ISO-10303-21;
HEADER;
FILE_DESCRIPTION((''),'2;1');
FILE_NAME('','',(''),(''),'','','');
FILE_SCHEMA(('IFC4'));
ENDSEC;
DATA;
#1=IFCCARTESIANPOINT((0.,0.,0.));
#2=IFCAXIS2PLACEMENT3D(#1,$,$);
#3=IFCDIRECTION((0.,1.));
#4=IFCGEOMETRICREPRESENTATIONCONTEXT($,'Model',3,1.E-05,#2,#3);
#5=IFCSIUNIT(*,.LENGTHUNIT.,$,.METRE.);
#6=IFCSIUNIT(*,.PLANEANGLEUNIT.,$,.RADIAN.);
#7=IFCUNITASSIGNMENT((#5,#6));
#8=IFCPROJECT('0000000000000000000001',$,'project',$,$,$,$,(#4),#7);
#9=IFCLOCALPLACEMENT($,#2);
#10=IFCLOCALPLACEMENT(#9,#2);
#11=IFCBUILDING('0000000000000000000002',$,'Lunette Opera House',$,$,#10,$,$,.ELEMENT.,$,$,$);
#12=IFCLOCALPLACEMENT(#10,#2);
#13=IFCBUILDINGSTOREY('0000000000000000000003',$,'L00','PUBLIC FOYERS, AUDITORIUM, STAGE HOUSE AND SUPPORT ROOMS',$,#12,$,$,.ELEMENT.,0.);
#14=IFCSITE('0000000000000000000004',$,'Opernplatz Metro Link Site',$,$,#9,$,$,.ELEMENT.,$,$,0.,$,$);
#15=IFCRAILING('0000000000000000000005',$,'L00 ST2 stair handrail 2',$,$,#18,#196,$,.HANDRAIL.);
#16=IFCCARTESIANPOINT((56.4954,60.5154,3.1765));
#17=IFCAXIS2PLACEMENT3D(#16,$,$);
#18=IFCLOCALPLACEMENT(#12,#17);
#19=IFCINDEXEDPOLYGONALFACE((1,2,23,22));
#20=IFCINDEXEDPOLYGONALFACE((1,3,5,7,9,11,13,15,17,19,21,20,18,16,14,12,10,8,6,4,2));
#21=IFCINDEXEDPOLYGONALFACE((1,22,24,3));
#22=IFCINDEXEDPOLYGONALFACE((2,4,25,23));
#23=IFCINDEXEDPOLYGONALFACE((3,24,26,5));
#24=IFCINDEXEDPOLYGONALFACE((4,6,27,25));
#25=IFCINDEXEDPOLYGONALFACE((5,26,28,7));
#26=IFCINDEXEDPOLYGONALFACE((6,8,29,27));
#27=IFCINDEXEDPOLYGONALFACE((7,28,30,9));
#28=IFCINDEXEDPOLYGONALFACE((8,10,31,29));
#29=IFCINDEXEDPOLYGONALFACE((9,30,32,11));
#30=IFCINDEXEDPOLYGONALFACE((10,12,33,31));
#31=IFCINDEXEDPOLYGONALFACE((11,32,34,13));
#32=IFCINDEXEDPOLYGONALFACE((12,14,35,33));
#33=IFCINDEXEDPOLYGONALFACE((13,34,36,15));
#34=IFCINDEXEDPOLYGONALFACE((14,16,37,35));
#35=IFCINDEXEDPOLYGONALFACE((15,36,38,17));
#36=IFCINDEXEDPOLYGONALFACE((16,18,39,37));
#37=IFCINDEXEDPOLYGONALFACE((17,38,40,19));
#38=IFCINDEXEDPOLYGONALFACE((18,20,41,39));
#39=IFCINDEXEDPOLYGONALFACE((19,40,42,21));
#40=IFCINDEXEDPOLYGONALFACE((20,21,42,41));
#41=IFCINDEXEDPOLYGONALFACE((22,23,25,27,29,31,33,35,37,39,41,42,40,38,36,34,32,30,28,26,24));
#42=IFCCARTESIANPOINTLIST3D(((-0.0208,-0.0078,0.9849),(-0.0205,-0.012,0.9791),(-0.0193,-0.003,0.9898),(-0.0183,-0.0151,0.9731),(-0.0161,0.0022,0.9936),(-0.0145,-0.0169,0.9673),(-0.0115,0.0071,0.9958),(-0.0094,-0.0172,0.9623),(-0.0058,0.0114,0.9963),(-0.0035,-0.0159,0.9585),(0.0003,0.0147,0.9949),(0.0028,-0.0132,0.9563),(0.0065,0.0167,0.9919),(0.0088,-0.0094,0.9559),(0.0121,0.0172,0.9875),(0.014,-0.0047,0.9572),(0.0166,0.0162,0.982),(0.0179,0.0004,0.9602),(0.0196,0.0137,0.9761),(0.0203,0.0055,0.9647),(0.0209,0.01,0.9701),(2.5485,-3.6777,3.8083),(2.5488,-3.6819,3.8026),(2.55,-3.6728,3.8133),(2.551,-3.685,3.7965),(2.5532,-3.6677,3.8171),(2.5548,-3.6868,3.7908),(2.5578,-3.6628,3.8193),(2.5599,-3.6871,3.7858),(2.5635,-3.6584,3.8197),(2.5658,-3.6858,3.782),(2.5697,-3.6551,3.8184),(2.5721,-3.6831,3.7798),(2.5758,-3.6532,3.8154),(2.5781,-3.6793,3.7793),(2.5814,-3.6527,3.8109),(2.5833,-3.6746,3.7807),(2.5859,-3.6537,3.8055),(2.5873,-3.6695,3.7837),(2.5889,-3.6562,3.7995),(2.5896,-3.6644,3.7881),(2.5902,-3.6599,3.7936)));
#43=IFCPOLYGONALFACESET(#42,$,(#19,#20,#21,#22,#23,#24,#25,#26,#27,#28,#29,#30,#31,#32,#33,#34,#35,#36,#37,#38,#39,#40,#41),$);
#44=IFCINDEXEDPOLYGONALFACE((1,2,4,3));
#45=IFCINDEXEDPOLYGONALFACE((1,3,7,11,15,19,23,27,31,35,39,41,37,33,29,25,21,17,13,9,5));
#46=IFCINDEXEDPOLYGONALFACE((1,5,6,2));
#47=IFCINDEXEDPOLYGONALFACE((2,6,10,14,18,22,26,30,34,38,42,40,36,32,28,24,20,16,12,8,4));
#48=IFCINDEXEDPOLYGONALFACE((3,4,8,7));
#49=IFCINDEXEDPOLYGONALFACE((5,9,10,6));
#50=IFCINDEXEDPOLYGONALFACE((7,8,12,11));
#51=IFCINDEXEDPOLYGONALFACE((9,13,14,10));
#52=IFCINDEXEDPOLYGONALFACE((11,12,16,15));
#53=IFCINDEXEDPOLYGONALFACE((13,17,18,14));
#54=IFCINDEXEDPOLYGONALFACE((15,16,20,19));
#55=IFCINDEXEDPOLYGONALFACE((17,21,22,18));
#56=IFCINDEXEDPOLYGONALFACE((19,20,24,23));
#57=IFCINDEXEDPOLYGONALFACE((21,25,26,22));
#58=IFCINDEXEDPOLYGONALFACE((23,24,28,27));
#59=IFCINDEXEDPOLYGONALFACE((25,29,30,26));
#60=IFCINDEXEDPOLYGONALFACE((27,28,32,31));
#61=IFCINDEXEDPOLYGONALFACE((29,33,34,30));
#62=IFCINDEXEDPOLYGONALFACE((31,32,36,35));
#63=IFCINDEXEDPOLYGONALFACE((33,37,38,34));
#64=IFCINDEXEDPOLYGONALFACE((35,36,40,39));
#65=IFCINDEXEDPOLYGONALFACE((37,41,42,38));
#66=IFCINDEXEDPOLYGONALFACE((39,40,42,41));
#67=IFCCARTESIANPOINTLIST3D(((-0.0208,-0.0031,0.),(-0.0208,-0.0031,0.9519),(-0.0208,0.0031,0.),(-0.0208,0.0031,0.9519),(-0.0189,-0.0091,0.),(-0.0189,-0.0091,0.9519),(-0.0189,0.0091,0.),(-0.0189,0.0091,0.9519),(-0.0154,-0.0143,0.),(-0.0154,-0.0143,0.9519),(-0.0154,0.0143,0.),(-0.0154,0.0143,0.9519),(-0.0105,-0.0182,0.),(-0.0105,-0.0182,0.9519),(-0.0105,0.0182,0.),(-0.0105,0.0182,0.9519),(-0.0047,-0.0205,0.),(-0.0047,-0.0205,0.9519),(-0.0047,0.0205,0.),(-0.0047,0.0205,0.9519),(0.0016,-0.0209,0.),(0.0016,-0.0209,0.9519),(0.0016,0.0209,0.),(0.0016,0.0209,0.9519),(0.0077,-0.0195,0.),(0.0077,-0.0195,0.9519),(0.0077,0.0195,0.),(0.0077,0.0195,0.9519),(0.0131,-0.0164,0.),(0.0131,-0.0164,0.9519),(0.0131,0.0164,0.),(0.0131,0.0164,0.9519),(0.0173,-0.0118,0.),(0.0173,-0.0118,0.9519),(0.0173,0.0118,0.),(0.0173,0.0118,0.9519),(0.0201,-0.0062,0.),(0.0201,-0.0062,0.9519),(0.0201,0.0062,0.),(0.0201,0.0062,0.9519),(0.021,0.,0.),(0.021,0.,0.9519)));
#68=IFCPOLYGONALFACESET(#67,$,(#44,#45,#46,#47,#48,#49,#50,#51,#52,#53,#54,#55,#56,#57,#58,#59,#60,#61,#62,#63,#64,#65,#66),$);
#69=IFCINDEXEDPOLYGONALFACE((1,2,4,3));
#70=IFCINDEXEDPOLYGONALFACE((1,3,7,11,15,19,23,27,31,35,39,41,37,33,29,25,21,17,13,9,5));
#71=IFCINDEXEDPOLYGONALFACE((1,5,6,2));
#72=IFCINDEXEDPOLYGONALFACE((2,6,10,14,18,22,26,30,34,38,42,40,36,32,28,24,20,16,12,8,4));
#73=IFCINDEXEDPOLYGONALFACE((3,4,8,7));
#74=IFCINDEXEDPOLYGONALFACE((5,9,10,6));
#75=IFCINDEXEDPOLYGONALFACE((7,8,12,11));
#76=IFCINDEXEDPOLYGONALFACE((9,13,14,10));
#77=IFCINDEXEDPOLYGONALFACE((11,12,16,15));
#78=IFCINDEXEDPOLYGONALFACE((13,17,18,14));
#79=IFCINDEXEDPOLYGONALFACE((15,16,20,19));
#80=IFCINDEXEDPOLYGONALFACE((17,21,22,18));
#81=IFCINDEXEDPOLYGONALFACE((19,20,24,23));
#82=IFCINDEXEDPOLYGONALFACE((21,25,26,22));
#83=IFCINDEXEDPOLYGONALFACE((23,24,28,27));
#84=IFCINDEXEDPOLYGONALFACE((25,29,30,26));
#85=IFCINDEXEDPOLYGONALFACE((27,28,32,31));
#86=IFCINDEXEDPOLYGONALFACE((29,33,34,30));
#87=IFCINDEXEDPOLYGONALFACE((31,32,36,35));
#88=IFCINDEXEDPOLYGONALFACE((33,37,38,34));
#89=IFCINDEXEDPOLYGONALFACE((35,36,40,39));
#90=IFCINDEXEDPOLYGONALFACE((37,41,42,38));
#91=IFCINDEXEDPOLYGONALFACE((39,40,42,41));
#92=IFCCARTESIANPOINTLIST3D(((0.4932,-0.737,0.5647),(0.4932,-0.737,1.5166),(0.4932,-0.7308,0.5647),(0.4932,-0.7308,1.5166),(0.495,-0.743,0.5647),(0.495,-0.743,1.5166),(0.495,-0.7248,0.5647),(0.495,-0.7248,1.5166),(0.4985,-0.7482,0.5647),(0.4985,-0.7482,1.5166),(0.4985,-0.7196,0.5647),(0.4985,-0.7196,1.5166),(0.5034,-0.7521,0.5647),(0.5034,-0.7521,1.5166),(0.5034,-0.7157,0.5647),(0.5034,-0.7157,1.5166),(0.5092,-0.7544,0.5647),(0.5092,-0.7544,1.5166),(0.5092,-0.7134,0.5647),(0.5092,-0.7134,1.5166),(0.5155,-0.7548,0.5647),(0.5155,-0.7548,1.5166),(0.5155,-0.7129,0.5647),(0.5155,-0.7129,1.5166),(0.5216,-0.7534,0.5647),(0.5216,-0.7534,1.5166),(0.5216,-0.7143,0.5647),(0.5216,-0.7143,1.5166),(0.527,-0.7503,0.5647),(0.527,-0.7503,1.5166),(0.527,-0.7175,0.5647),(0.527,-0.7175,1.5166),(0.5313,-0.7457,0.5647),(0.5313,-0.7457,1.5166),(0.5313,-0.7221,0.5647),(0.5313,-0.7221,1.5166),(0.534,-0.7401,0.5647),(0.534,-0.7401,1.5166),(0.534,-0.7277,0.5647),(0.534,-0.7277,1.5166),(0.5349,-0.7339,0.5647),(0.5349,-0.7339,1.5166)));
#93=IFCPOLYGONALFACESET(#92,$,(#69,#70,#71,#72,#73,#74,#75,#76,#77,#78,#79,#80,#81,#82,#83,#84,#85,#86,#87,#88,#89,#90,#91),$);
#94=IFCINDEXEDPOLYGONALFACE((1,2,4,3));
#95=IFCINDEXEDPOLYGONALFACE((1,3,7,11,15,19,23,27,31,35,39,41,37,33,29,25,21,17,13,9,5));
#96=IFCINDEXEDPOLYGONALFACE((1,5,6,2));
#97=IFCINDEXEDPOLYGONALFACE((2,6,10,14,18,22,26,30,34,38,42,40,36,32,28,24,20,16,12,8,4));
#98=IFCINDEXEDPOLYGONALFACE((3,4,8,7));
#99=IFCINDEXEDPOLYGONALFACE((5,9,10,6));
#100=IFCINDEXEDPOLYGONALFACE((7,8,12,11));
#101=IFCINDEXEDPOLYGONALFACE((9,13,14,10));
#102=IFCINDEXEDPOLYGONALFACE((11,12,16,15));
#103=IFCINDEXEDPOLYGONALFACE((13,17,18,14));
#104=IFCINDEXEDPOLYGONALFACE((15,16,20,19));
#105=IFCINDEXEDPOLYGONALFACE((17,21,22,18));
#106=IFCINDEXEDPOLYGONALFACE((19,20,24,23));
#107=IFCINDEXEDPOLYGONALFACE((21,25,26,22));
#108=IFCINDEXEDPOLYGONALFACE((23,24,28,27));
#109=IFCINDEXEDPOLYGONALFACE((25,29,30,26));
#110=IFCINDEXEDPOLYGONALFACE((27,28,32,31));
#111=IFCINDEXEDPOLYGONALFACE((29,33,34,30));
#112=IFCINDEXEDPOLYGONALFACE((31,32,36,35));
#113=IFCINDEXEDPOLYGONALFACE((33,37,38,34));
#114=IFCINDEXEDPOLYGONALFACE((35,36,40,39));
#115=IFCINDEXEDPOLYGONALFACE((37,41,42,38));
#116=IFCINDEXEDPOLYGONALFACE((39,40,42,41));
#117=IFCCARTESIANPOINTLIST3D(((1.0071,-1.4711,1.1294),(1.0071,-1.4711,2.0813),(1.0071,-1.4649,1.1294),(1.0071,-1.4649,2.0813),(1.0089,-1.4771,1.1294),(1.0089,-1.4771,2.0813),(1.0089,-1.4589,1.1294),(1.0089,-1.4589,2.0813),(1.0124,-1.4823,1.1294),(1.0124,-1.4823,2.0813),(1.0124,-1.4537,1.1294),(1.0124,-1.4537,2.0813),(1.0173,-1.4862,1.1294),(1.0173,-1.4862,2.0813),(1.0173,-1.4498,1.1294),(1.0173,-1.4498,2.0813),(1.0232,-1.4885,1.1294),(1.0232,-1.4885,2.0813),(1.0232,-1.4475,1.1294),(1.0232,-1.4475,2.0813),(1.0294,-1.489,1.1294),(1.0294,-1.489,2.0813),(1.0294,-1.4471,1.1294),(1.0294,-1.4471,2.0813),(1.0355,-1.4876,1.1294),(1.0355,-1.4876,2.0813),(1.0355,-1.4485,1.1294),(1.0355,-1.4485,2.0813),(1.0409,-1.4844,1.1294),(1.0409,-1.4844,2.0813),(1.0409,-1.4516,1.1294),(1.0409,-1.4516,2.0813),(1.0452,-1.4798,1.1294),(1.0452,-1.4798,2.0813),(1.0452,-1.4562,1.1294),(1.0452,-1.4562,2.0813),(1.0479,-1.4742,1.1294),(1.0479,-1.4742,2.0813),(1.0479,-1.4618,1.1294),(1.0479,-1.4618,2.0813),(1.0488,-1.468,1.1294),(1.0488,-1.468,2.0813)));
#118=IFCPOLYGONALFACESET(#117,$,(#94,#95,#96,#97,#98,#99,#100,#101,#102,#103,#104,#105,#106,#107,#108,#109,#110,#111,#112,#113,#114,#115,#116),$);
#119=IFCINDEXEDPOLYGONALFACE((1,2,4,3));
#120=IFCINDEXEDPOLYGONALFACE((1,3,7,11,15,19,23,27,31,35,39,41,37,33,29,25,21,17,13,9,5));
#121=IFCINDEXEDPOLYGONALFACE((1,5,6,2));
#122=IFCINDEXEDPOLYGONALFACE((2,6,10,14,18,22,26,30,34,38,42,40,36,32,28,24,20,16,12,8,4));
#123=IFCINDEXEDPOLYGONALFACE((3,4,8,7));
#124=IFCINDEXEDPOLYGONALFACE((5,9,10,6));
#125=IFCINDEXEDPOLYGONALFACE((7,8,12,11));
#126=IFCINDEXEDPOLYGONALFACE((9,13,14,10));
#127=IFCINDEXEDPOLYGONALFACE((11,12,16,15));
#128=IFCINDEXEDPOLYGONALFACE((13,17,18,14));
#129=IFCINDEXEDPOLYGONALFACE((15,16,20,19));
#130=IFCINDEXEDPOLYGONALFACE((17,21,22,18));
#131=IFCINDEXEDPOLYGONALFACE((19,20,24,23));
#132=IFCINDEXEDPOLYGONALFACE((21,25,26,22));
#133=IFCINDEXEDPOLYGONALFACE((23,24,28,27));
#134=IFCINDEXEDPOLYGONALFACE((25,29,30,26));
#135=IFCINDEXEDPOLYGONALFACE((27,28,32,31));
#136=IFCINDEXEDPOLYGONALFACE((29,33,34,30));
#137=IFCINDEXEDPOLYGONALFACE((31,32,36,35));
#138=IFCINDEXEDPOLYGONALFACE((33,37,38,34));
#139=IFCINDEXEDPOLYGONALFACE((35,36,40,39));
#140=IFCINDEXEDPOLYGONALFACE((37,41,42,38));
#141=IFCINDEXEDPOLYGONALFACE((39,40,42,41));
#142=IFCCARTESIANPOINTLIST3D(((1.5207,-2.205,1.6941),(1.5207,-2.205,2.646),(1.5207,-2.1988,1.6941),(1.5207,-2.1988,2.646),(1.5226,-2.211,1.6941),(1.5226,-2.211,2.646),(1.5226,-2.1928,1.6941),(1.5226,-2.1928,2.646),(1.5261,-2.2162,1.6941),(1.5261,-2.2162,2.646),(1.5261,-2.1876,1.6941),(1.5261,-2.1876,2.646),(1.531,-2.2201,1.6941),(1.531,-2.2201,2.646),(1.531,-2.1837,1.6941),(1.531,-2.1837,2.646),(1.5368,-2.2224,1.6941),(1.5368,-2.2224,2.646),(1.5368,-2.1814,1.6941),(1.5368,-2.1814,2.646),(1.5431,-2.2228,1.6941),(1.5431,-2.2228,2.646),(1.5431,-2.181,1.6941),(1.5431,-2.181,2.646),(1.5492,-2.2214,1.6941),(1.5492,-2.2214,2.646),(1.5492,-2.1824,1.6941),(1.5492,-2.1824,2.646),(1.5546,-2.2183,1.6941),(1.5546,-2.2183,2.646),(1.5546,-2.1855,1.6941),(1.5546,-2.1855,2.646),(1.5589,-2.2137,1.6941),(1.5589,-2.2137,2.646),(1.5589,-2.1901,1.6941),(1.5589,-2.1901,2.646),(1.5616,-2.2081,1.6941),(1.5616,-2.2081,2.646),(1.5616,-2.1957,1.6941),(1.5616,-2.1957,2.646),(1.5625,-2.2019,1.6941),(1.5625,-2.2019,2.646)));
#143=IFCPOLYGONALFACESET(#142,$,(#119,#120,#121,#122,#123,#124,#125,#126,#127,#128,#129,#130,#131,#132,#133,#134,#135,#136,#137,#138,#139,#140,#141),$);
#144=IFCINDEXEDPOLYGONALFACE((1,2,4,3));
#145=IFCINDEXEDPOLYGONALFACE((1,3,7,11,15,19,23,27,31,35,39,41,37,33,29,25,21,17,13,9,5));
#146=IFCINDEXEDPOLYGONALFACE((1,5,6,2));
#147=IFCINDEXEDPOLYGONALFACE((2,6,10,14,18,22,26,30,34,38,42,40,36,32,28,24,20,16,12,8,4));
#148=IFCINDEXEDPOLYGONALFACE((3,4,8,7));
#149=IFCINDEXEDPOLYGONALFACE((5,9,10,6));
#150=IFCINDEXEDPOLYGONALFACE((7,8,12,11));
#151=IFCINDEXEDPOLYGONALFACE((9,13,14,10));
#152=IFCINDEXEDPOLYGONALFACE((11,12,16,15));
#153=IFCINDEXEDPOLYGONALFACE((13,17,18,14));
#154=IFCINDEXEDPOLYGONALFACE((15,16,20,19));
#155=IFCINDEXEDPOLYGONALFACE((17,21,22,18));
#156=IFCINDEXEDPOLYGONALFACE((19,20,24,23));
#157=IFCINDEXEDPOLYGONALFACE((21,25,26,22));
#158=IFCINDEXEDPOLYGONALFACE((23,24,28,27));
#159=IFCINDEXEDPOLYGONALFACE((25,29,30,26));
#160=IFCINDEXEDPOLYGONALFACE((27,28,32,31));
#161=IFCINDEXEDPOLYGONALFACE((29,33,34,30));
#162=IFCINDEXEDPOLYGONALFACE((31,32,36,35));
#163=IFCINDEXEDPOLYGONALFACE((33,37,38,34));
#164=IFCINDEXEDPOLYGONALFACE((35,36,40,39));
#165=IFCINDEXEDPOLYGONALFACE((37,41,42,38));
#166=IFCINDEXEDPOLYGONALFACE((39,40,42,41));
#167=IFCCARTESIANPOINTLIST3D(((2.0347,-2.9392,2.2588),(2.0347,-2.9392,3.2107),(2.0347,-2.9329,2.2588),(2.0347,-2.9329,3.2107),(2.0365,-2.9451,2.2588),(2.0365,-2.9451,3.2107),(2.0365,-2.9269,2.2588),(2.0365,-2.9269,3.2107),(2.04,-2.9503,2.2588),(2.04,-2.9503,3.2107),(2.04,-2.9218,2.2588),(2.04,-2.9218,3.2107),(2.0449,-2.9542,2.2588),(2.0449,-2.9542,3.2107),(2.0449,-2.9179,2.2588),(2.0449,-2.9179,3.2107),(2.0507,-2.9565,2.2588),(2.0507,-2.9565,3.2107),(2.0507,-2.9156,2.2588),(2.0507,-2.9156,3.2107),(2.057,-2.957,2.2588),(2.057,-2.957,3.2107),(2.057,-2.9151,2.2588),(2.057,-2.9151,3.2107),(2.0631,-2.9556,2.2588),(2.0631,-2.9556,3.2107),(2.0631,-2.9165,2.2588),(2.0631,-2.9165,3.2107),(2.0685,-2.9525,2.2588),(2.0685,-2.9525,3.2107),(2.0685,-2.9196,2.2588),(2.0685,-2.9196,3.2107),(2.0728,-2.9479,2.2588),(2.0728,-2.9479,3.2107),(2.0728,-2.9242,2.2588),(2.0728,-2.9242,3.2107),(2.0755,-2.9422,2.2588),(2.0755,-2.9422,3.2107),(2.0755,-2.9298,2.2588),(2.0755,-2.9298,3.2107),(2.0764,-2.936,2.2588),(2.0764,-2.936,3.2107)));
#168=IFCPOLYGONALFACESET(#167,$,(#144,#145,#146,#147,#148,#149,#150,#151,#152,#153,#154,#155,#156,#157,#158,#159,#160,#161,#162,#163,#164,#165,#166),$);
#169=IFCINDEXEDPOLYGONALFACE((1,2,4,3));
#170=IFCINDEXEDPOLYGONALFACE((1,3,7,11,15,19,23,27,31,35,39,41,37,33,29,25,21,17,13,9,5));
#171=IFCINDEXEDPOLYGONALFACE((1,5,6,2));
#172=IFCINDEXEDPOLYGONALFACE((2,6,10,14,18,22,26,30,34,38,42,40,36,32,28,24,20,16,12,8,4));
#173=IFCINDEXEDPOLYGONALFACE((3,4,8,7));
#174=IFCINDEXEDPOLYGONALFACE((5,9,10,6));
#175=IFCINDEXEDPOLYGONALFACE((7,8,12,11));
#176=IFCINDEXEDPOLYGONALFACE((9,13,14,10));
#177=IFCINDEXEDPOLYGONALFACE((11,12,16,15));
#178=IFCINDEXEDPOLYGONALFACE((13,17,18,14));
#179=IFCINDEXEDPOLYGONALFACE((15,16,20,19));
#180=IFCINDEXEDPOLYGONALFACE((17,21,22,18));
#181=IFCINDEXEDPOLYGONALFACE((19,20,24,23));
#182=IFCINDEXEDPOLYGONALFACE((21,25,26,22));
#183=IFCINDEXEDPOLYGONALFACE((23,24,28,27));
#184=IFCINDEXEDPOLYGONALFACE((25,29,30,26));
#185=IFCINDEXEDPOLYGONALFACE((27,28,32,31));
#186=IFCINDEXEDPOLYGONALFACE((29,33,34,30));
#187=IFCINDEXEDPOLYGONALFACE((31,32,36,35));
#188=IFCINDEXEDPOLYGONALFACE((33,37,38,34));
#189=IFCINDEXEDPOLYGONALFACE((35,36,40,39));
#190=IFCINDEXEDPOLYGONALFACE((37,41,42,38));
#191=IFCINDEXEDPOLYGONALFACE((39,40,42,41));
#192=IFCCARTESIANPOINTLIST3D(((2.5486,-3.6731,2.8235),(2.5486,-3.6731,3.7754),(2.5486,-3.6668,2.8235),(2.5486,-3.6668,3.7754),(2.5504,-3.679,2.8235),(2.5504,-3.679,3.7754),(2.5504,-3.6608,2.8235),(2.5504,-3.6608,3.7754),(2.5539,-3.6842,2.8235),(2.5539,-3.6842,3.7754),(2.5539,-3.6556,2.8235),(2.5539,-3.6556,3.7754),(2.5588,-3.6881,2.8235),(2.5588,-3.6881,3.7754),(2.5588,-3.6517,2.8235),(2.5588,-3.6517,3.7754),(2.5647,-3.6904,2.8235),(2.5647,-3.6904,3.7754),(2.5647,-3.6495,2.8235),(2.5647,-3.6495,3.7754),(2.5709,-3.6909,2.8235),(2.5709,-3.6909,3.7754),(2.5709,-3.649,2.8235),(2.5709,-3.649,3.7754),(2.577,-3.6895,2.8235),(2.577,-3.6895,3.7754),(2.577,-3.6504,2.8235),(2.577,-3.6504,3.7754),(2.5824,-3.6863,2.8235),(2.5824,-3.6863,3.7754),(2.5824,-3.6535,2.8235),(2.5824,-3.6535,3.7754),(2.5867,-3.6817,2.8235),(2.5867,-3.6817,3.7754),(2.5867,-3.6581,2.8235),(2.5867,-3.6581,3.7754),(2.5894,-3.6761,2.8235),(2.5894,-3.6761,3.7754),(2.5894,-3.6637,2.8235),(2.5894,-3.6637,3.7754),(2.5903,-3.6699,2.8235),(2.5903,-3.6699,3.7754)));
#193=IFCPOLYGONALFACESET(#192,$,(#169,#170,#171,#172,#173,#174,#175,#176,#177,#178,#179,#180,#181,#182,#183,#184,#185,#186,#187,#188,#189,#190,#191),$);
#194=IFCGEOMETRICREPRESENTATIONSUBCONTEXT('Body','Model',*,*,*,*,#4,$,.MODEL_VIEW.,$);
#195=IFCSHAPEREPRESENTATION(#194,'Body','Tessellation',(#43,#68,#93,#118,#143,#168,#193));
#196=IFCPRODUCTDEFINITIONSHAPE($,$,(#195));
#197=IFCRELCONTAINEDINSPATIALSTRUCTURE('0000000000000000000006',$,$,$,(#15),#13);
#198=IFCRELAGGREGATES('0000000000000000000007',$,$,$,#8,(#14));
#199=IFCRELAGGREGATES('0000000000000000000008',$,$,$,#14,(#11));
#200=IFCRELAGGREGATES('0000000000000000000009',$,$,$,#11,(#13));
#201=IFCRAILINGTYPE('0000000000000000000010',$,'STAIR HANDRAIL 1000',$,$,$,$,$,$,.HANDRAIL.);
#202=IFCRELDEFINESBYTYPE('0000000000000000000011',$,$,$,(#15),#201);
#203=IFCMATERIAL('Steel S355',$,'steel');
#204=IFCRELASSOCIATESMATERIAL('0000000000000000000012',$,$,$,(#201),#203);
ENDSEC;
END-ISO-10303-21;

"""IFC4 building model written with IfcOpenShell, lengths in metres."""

from ifc_helpers import new_model, si_unit, direction, frame, origin, origin_2d, place, context, subcontext, project, spatial, circle, extrude, material, type_object, element, save


model = new_model("IFC4")

# Units and contexts
model_context = context("Model", 3, precision=1e-05, world=origin(), true_north=direction((0.0, 1.0)))
body_context = subcontext(model_context, "Body", "Model", "MODEL_VIEW")
ifc_project = project(units=[si_unit("LENGTHUNIT", "METRE"), si_unit("PLANEANGLEUNIT", "RADIAN")], contexts=[model_context])

# Site, building, storey
site_placement = place(None, origin())
site = spatial("IfcSite", under=ifc_project, at=site_placement, Name="Opernplatz Metro Link Site", CompositionType="ELEMENT", RefElevation=0.0)
building_placement = place(site_placement, origin())
building = spatial("IfcBuilding", under=site, at=building_placement, Name="Lunette Opera House", CompositionType="ELEMENT")
storey_placement = place(building_placement, origin())
storey = spatial("IfcBuildingStorey", under=building, at=storey_placement, Name="L00", Description="PUBLIC FOYERS, AUDITORIUM, STAGE HOUSE AND SUPPORT ROOMS", CompositionType="ELEMENT", Elevation=0.0)

# Railing
ifc_material_1 = material(Name="Steel S355", Category="steel")
railing_type_1 = type_object("IfcRailingType", Name="STAIR HANDRAIL 1000", PredefinedType="HANDRAIL", material=ifc_material_1)
railing_1_placement = place(storey_placement, frame((56.4954, 60.5154, 3.1765)))
element("IfcRailing", 1, at=railing_1_placement, inside=storey, type_object=railing_type_1, Name="L00 ST2 stair handrail 2", PredefinedType="HANDRAIL", context=body_context, shape_type="SweptSolid", body=[
    extrude(circle(Radius=0.0239, at=origin_2d()), frame((0.0, 0.0, 0.9761), z_axis=(0.485196, -0.693032, 0.53319), x_axis=(0.819191, 0.573521, 0.0)), (0.0, 0.0, 1.0), 5.2954),
    extrude(circle(Radius=0.021, at=origin_2d()), origin(), (0.0, 0.0, 1.0), 0.9519),
    extrude(circle(Radius=0.021, at=origin_2d()), frame((0.5139, -0.7339, 0.5647)), (0.0, 0.0, 1.0), 0.9519),
    extrude(circle(Radius=0.021, at=origin_2d()), frame((1.0278, -1.468, 1.1294)), (0.0, 0.0, 1.0), 0.9519),
    extrude(circle(Radius=0.021, at=origin_2d()), frame((1.5415, -2.2019, 1.6941)), (0.0, 0.0, 1.0), 0.9519),
    extrude(circle(Radius=0.021, at=origin_2d()), frame((2.0554, -2.936, 2.2588)), (0.0, 0.0, 1.0), 0.9519),
    extrude(circle(Radius=0.021, at=origin_2d()), frame((2.5693, -3.6699, 2.8235)), (0.0, 0.0, 1.0), 0.9519),
])

save(model, "model.ifc")
